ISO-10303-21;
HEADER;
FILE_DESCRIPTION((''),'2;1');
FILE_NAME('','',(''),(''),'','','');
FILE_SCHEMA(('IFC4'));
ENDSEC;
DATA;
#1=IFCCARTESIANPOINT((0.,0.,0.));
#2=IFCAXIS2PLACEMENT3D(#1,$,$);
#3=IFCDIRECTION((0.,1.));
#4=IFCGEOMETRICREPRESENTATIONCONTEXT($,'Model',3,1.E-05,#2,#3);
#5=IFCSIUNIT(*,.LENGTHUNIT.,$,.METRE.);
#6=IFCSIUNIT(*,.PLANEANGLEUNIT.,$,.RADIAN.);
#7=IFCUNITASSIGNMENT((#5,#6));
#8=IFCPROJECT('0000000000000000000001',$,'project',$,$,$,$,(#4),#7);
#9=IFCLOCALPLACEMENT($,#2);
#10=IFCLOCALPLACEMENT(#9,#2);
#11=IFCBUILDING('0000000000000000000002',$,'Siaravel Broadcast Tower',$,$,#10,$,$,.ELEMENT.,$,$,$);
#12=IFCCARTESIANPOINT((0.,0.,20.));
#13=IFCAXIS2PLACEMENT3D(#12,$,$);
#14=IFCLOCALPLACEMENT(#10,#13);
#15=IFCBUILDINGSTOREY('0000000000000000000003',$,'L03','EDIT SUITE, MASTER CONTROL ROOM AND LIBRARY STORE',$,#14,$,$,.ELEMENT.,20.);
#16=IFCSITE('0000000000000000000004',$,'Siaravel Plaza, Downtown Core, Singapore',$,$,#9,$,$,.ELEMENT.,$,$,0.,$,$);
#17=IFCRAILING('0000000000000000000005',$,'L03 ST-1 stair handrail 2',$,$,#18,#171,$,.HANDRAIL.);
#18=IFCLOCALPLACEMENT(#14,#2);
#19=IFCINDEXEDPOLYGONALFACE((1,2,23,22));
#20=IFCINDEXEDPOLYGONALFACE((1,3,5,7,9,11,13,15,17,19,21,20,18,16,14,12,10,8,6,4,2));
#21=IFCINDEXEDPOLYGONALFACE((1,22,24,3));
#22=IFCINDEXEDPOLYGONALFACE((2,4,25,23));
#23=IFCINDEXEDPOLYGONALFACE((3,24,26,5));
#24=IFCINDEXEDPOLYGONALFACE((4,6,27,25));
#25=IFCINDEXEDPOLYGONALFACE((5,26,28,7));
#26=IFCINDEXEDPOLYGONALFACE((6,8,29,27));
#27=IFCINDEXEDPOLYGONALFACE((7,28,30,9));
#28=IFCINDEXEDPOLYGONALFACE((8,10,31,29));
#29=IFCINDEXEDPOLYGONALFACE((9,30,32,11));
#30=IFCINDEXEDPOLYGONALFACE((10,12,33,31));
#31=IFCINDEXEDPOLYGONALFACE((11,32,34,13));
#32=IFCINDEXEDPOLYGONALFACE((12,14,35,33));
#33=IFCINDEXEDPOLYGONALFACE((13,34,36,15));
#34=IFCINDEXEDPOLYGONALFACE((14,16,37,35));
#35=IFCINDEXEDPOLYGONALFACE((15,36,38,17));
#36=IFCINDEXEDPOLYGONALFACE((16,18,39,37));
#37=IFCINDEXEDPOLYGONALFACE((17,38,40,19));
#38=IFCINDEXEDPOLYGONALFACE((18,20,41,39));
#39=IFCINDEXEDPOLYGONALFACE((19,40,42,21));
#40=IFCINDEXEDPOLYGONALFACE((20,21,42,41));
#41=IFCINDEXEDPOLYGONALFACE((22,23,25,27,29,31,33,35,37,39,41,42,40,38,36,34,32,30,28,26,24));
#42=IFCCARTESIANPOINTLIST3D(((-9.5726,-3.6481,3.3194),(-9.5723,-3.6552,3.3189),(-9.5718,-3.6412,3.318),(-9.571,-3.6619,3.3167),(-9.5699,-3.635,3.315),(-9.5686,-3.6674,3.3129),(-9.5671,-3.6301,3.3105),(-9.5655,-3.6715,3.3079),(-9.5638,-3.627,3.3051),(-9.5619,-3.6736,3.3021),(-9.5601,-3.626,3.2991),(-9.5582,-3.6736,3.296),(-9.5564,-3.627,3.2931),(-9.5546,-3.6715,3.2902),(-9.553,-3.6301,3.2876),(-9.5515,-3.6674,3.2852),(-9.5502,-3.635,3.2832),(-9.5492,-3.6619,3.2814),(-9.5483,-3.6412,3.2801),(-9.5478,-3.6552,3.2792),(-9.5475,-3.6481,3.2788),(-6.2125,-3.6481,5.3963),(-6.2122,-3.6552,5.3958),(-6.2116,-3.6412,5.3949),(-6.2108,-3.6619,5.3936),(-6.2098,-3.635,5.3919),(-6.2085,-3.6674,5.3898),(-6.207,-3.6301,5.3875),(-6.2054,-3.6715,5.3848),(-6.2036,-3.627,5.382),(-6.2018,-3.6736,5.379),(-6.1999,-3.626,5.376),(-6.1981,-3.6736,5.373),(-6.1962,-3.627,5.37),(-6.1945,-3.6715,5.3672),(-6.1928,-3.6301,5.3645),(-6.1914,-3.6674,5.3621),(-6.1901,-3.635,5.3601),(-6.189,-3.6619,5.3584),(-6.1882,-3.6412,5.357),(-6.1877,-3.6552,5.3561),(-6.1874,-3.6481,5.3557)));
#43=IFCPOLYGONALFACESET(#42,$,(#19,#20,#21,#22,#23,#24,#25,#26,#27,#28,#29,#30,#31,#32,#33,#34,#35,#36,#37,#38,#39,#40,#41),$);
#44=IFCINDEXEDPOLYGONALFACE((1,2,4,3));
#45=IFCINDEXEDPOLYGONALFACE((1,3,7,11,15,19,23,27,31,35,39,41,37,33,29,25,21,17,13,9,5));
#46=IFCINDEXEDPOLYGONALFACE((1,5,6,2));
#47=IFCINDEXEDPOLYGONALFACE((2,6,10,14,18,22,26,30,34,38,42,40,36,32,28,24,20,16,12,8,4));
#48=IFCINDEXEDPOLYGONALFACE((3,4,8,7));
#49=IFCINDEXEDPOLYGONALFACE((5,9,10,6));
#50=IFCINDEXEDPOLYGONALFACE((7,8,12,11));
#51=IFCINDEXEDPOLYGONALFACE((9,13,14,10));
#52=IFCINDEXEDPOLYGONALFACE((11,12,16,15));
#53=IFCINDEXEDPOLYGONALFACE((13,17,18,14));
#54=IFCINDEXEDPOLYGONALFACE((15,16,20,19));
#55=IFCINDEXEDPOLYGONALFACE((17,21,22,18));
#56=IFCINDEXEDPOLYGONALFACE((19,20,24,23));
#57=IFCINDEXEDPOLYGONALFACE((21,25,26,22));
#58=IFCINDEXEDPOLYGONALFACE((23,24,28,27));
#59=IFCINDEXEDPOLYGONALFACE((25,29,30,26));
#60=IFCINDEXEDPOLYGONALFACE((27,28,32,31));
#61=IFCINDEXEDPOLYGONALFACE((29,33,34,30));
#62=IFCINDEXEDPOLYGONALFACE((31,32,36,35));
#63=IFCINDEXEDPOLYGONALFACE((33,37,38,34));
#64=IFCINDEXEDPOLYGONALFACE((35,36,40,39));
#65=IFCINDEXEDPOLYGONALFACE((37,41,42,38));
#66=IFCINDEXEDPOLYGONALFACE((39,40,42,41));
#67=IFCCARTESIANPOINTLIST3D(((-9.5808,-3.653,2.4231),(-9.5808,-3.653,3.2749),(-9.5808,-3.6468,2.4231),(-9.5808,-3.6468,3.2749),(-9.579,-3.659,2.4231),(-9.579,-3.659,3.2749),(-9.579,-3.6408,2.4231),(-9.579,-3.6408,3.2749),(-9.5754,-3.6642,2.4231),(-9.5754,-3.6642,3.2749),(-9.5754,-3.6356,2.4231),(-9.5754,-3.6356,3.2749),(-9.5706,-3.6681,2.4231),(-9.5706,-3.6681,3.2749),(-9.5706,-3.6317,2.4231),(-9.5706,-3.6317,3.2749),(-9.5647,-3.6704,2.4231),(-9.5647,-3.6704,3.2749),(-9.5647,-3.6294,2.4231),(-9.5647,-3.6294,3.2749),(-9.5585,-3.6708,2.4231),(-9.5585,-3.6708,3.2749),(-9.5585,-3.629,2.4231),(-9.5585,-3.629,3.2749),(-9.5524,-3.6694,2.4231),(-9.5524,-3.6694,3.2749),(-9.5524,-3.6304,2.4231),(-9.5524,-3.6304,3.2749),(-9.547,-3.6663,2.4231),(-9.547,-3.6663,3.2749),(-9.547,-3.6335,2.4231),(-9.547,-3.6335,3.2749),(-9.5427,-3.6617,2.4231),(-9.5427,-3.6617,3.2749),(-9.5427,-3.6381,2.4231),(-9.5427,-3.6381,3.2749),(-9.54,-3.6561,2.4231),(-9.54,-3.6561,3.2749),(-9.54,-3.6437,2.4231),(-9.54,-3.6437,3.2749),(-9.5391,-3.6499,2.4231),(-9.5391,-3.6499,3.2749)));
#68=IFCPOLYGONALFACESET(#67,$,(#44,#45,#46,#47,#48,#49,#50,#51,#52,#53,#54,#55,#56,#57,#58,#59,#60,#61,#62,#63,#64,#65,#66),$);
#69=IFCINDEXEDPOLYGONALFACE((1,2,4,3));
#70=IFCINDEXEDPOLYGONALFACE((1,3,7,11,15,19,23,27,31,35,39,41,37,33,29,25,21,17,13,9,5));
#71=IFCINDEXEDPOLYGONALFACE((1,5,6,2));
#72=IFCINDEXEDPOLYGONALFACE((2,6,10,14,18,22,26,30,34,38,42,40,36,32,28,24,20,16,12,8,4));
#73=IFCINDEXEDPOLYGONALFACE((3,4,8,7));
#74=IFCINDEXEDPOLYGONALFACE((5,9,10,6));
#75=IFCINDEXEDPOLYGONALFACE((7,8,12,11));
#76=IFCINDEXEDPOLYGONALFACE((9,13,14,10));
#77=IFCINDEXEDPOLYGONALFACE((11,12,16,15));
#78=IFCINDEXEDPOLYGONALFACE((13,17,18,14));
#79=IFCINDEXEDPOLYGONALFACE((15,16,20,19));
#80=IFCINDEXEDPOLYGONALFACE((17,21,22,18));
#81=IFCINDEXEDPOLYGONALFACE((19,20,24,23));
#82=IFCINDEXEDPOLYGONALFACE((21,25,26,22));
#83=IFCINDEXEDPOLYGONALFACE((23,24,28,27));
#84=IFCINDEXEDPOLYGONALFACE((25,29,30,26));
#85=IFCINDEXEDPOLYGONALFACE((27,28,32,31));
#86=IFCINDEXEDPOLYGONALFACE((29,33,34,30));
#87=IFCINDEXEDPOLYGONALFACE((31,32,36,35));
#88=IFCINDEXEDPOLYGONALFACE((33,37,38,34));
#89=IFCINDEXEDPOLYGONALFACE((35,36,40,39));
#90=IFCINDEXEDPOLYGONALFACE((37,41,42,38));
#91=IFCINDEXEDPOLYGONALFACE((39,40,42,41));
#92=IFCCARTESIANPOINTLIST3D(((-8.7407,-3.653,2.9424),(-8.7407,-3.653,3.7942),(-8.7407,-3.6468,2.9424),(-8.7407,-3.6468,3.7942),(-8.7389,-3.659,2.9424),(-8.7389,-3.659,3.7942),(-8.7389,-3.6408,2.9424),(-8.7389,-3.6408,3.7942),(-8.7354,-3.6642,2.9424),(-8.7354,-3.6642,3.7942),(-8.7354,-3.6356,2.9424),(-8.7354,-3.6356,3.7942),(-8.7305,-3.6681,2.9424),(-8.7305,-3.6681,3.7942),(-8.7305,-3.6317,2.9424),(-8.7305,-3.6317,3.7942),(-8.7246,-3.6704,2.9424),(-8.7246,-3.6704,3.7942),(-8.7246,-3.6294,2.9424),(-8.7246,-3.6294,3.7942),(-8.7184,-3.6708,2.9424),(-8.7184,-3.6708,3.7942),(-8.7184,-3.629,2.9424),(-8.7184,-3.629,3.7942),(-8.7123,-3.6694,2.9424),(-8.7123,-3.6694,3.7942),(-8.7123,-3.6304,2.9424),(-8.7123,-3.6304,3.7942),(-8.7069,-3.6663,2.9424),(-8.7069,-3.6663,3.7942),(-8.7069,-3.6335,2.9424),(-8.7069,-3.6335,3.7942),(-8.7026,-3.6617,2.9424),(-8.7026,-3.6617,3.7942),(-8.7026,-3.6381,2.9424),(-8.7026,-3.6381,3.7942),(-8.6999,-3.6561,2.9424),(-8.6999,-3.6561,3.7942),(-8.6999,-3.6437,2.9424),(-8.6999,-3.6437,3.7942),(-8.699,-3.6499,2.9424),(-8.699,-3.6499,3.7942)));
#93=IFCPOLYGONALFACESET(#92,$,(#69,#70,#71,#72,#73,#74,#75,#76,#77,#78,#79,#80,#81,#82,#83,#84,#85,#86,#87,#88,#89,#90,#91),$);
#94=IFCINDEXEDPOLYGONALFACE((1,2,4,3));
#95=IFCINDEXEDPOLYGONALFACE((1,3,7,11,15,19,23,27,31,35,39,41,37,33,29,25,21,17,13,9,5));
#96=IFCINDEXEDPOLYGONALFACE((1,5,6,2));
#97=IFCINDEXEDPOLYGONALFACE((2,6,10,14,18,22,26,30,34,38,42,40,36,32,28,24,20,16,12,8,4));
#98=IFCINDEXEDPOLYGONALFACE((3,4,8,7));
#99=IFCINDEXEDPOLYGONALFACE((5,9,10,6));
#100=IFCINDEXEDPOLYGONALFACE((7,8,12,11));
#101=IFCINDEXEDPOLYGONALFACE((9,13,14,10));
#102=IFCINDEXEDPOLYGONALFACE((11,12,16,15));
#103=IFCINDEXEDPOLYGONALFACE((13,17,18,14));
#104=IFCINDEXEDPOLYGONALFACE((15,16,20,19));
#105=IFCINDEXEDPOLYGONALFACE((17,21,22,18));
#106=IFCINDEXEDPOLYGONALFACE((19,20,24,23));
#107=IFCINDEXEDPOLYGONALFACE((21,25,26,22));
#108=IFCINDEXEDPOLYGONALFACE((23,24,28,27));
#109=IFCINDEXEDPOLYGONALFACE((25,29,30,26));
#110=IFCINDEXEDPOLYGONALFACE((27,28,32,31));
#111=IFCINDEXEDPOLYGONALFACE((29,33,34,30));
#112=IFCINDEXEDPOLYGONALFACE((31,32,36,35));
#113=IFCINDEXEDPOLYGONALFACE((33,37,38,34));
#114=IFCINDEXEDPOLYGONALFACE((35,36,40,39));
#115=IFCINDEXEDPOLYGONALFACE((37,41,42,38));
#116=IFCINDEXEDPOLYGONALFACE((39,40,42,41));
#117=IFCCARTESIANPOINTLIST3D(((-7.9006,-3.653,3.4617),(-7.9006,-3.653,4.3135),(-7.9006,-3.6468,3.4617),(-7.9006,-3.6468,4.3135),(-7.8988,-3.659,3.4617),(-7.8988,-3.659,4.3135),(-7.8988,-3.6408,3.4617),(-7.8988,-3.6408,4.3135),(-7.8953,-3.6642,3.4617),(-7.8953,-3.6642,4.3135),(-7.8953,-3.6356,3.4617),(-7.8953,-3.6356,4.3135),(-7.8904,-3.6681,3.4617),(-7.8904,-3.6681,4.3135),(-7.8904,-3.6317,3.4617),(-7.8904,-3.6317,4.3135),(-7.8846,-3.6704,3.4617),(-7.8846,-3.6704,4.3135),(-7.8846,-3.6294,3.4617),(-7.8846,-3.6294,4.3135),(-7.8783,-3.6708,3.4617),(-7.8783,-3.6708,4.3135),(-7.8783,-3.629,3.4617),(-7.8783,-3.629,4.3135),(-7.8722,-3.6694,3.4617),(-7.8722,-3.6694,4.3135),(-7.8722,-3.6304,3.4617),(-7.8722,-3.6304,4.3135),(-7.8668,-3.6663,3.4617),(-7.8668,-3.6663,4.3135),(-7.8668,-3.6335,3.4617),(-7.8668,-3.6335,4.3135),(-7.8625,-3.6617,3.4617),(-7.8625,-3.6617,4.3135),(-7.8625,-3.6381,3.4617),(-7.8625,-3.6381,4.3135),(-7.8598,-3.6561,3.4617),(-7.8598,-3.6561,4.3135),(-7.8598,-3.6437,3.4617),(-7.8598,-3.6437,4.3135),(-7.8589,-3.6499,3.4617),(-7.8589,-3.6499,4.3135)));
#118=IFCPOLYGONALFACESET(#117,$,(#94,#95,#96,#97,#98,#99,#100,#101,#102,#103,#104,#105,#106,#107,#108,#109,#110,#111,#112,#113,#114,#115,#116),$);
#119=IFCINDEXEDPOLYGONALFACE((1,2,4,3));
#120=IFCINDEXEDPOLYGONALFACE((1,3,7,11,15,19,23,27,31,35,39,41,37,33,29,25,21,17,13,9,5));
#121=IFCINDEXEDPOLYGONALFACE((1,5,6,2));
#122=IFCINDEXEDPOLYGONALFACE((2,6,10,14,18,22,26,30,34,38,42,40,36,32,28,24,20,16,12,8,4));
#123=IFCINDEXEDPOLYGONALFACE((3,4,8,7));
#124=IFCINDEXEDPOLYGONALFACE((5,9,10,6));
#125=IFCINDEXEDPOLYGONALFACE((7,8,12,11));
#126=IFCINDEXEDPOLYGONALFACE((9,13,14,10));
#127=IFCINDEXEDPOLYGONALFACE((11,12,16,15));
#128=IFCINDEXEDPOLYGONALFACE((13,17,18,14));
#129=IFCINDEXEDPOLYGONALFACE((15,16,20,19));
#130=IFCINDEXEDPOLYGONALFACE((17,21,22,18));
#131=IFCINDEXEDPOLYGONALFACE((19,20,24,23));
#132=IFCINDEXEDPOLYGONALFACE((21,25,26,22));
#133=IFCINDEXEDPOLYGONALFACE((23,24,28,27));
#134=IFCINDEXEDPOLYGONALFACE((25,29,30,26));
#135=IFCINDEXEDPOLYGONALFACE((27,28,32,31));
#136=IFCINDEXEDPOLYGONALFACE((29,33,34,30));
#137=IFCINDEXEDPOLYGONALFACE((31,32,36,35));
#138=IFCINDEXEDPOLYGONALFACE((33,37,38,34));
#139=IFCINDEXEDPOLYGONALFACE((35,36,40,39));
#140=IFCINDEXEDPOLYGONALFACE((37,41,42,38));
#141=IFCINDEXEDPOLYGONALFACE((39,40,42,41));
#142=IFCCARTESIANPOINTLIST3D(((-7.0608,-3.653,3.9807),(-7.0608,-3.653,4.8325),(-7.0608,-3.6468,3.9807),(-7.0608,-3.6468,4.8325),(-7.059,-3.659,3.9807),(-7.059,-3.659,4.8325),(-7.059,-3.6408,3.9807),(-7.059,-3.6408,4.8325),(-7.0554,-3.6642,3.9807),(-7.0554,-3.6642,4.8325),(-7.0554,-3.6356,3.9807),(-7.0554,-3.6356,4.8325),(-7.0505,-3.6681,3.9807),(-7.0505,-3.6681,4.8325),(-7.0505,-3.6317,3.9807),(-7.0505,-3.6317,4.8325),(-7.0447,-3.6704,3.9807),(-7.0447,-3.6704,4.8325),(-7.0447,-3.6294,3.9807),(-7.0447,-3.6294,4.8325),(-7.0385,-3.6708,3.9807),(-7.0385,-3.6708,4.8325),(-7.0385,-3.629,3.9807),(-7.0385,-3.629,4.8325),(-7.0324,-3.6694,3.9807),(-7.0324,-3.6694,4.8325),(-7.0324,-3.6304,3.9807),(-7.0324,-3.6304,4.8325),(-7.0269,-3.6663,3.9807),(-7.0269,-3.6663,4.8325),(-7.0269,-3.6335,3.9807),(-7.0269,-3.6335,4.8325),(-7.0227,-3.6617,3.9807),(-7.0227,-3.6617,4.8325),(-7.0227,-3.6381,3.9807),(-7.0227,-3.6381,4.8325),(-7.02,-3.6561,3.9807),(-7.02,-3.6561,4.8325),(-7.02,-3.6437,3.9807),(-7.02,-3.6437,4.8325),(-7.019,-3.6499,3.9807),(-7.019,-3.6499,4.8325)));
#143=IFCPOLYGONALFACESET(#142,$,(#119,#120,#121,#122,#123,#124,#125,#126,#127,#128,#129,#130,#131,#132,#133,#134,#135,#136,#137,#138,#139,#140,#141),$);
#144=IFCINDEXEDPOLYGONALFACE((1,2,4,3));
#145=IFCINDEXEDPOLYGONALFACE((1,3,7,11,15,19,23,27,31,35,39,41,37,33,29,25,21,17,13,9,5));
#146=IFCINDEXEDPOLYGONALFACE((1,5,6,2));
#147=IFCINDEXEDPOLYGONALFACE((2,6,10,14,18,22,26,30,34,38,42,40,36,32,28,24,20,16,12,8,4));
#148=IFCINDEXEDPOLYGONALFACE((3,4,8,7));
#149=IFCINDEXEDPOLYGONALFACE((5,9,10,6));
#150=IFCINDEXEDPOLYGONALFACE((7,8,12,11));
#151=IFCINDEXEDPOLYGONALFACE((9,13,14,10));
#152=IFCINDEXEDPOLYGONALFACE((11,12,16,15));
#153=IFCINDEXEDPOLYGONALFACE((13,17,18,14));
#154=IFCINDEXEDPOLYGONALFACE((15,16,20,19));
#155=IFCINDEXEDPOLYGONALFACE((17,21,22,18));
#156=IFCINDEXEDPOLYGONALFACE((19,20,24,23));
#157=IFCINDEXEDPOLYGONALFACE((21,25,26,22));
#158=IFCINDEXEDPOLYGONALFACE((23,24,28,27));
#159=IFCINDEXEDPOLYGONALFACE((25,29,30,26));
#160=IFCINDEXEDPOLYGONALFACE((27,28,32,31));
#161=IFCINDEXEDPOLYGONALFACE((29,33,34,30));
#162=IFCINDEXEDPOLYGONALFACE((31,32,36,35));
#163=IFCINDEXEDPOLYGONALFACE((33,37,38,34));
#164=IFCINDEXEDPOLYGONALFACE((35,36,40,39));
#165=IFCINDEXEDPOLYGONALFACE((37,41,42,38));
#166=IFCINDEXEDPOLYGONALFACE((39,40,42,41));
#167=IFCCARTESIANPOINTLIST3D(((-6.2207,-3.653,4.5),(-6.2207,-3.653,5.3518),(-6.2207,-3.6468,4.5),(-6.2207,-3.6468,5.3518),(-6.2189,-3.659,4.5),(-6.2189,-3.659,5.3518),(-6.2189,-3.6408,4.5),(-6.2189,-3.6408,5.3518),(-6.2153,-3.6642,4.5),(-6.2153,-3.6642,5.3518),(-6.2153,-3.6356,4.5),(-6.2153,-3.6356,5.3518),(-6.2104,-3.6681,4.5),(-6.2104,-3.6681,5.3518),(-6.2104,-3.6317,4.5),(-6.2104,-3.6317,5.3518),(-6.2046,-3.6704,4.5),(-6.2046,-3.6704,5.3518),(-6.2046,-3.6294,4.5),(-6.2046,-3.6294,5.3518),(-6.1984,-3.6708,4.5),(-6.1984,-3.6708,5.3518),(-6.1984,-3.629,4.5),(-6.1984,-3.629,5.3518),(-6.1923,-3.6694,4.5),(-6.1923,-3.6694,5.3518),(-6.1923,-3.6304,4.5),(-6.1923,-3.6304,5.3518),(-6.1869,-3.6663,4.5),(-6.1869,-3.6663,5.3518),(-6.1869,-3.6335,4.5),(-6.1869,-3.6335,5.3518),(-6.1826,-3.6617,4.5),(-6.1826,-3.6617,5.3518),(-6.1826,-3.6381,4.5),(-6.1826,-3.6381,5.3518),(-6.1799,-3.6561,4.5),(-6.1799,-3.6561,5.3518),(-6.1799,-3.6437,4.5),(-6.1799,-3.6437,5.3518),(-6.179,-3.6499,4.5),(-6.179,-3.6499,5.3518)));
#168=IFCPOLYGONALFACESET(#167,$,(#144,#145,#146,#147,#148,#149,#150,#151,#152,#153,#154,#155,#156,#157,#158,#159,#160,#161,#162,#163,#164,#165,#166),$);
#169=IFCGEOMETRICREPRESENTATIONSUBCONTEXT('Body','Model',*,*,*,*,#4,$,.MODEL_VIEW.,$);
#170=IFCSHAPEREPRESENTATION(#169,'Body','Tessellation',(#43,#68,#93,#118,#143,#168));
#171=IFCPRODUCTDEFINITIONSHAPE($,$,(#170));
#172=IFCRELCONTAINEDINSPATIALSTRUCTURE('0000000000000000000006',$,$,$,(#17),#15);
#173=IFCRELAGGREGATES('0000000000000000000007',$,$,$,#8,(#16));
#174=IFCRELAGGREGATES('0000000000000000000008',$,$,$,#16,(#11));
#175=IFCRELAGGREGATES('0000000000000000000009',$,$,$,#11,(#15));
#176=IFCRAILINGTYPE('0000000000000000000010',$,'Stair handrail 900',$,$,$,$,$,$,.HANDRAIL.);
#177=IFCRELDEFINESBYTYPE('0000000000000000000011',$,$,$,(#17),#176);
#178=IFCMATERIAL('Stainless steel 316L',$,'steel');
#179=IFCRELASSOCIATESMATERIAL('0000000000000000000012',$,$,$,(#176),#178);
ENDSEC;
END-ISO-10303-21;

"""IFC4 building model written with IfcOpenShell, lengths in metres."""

from ifc_helpers import new_model, si_unit, direction, frame, origin, origin_2d, place, context, subcontext, project, spatial, circle, extrude, material, type_object, element, save


model = new_model("IFC4")

# Units and contexts
model_context = context("Model", 3, precision=1e-05, world=origin(), true_north=direction((0.0, 1.0)))
body_context = subcontext(model_context, "Body", "Model", "MODEL_VIEW")
ifc_project = project(units=[si_unit("LENGTHUNIT", "METRE"), si_unit("PLANEANGLEUNIT", "RADIAN")], contexts=[model_context])

# Site, building, storey
site_placement = place(None, origin())
site = spatial("IfcSite", under=ifc_project, at=site_placement, Name="Siaravel Plaza, Downtown Core, Singapore", CompositionType="ELEMENT", RefElevation=0.0)
building_placement = place(site_placement, origin())
building = spatial("IfcBuilding", under=site, at=building_placement, Name="Siaravel Broadcast Tower", CompositionType="ELEMENT")
storey_placement = place(building_placement, frame((0.0, 0.0, 20.0)))
storey = spatial("IfcBuildingStorey", under=building, at=storey_placement, Name="L03", Description="EDIT SUITE, MASTER CONTROL ROOM AND LIBRARY STORE", CompositionType="ELEMENT", Elevation=20.0)

# Shared definitions
ifc_material_1 = material(Name="Stainless steel 316L", Category="steel")

# Railing
railing_type_1 = type_object("IfcRailingType", Name="Stair handrail 900", PredefinedType="HANDRAIL", material=ifc_material_1)
railing_1_placement = place(storey_placement, frame((-9.5601, -3.6499, 2.4231)))
element("IfcRailing", 1, at=railing_1_placement, inside=storey, type_object=railing_type_1, Name="L03 ST-1 stair handrail 2", PredefinedType="HANDRAIL", context=body_context, shape_type="SweptSolid", body=[
    extrude(circle(Radius=0.0239, at=origin_2d()), frame((0.0, 0.0, 0.876), z_axis=(0.850623, 0.0, 0.525776), x_axis=(0.0, 1.0, 0.0)), (0.0, 0.0, 1.0), 3.9502),
    extrude(circle(Radius=0.021, at=origin_2d()), origin(), (0.0, 0.0, 1.0), 0.8518),
    extrude(circle(Radius=0.021, at=origin_2d()), frame((0.8401, 0.0, 0.5193)), (0.0, 0.0, 1.0), 0.8518),
    extrude(circle(Radius=0.021, at=origin_2d()), frame((1.6802, 0.0, 1.0386)), (0.0, 0.0, 1.0), 0.8518),
    extrude(circle(Radius=0.021, at=origin_2d()), frame((2.52, 0.0, 1.5576)), (0.0, 0.0, 1.0), 0.8518),
    extrude(circle(Radius=0.021, at=origin_2d()), frame((3.3601, 0.0, 2.0769)), (0.0, 0.0, 1.0), 0.8518),
])

save(model, "model.ifc")
